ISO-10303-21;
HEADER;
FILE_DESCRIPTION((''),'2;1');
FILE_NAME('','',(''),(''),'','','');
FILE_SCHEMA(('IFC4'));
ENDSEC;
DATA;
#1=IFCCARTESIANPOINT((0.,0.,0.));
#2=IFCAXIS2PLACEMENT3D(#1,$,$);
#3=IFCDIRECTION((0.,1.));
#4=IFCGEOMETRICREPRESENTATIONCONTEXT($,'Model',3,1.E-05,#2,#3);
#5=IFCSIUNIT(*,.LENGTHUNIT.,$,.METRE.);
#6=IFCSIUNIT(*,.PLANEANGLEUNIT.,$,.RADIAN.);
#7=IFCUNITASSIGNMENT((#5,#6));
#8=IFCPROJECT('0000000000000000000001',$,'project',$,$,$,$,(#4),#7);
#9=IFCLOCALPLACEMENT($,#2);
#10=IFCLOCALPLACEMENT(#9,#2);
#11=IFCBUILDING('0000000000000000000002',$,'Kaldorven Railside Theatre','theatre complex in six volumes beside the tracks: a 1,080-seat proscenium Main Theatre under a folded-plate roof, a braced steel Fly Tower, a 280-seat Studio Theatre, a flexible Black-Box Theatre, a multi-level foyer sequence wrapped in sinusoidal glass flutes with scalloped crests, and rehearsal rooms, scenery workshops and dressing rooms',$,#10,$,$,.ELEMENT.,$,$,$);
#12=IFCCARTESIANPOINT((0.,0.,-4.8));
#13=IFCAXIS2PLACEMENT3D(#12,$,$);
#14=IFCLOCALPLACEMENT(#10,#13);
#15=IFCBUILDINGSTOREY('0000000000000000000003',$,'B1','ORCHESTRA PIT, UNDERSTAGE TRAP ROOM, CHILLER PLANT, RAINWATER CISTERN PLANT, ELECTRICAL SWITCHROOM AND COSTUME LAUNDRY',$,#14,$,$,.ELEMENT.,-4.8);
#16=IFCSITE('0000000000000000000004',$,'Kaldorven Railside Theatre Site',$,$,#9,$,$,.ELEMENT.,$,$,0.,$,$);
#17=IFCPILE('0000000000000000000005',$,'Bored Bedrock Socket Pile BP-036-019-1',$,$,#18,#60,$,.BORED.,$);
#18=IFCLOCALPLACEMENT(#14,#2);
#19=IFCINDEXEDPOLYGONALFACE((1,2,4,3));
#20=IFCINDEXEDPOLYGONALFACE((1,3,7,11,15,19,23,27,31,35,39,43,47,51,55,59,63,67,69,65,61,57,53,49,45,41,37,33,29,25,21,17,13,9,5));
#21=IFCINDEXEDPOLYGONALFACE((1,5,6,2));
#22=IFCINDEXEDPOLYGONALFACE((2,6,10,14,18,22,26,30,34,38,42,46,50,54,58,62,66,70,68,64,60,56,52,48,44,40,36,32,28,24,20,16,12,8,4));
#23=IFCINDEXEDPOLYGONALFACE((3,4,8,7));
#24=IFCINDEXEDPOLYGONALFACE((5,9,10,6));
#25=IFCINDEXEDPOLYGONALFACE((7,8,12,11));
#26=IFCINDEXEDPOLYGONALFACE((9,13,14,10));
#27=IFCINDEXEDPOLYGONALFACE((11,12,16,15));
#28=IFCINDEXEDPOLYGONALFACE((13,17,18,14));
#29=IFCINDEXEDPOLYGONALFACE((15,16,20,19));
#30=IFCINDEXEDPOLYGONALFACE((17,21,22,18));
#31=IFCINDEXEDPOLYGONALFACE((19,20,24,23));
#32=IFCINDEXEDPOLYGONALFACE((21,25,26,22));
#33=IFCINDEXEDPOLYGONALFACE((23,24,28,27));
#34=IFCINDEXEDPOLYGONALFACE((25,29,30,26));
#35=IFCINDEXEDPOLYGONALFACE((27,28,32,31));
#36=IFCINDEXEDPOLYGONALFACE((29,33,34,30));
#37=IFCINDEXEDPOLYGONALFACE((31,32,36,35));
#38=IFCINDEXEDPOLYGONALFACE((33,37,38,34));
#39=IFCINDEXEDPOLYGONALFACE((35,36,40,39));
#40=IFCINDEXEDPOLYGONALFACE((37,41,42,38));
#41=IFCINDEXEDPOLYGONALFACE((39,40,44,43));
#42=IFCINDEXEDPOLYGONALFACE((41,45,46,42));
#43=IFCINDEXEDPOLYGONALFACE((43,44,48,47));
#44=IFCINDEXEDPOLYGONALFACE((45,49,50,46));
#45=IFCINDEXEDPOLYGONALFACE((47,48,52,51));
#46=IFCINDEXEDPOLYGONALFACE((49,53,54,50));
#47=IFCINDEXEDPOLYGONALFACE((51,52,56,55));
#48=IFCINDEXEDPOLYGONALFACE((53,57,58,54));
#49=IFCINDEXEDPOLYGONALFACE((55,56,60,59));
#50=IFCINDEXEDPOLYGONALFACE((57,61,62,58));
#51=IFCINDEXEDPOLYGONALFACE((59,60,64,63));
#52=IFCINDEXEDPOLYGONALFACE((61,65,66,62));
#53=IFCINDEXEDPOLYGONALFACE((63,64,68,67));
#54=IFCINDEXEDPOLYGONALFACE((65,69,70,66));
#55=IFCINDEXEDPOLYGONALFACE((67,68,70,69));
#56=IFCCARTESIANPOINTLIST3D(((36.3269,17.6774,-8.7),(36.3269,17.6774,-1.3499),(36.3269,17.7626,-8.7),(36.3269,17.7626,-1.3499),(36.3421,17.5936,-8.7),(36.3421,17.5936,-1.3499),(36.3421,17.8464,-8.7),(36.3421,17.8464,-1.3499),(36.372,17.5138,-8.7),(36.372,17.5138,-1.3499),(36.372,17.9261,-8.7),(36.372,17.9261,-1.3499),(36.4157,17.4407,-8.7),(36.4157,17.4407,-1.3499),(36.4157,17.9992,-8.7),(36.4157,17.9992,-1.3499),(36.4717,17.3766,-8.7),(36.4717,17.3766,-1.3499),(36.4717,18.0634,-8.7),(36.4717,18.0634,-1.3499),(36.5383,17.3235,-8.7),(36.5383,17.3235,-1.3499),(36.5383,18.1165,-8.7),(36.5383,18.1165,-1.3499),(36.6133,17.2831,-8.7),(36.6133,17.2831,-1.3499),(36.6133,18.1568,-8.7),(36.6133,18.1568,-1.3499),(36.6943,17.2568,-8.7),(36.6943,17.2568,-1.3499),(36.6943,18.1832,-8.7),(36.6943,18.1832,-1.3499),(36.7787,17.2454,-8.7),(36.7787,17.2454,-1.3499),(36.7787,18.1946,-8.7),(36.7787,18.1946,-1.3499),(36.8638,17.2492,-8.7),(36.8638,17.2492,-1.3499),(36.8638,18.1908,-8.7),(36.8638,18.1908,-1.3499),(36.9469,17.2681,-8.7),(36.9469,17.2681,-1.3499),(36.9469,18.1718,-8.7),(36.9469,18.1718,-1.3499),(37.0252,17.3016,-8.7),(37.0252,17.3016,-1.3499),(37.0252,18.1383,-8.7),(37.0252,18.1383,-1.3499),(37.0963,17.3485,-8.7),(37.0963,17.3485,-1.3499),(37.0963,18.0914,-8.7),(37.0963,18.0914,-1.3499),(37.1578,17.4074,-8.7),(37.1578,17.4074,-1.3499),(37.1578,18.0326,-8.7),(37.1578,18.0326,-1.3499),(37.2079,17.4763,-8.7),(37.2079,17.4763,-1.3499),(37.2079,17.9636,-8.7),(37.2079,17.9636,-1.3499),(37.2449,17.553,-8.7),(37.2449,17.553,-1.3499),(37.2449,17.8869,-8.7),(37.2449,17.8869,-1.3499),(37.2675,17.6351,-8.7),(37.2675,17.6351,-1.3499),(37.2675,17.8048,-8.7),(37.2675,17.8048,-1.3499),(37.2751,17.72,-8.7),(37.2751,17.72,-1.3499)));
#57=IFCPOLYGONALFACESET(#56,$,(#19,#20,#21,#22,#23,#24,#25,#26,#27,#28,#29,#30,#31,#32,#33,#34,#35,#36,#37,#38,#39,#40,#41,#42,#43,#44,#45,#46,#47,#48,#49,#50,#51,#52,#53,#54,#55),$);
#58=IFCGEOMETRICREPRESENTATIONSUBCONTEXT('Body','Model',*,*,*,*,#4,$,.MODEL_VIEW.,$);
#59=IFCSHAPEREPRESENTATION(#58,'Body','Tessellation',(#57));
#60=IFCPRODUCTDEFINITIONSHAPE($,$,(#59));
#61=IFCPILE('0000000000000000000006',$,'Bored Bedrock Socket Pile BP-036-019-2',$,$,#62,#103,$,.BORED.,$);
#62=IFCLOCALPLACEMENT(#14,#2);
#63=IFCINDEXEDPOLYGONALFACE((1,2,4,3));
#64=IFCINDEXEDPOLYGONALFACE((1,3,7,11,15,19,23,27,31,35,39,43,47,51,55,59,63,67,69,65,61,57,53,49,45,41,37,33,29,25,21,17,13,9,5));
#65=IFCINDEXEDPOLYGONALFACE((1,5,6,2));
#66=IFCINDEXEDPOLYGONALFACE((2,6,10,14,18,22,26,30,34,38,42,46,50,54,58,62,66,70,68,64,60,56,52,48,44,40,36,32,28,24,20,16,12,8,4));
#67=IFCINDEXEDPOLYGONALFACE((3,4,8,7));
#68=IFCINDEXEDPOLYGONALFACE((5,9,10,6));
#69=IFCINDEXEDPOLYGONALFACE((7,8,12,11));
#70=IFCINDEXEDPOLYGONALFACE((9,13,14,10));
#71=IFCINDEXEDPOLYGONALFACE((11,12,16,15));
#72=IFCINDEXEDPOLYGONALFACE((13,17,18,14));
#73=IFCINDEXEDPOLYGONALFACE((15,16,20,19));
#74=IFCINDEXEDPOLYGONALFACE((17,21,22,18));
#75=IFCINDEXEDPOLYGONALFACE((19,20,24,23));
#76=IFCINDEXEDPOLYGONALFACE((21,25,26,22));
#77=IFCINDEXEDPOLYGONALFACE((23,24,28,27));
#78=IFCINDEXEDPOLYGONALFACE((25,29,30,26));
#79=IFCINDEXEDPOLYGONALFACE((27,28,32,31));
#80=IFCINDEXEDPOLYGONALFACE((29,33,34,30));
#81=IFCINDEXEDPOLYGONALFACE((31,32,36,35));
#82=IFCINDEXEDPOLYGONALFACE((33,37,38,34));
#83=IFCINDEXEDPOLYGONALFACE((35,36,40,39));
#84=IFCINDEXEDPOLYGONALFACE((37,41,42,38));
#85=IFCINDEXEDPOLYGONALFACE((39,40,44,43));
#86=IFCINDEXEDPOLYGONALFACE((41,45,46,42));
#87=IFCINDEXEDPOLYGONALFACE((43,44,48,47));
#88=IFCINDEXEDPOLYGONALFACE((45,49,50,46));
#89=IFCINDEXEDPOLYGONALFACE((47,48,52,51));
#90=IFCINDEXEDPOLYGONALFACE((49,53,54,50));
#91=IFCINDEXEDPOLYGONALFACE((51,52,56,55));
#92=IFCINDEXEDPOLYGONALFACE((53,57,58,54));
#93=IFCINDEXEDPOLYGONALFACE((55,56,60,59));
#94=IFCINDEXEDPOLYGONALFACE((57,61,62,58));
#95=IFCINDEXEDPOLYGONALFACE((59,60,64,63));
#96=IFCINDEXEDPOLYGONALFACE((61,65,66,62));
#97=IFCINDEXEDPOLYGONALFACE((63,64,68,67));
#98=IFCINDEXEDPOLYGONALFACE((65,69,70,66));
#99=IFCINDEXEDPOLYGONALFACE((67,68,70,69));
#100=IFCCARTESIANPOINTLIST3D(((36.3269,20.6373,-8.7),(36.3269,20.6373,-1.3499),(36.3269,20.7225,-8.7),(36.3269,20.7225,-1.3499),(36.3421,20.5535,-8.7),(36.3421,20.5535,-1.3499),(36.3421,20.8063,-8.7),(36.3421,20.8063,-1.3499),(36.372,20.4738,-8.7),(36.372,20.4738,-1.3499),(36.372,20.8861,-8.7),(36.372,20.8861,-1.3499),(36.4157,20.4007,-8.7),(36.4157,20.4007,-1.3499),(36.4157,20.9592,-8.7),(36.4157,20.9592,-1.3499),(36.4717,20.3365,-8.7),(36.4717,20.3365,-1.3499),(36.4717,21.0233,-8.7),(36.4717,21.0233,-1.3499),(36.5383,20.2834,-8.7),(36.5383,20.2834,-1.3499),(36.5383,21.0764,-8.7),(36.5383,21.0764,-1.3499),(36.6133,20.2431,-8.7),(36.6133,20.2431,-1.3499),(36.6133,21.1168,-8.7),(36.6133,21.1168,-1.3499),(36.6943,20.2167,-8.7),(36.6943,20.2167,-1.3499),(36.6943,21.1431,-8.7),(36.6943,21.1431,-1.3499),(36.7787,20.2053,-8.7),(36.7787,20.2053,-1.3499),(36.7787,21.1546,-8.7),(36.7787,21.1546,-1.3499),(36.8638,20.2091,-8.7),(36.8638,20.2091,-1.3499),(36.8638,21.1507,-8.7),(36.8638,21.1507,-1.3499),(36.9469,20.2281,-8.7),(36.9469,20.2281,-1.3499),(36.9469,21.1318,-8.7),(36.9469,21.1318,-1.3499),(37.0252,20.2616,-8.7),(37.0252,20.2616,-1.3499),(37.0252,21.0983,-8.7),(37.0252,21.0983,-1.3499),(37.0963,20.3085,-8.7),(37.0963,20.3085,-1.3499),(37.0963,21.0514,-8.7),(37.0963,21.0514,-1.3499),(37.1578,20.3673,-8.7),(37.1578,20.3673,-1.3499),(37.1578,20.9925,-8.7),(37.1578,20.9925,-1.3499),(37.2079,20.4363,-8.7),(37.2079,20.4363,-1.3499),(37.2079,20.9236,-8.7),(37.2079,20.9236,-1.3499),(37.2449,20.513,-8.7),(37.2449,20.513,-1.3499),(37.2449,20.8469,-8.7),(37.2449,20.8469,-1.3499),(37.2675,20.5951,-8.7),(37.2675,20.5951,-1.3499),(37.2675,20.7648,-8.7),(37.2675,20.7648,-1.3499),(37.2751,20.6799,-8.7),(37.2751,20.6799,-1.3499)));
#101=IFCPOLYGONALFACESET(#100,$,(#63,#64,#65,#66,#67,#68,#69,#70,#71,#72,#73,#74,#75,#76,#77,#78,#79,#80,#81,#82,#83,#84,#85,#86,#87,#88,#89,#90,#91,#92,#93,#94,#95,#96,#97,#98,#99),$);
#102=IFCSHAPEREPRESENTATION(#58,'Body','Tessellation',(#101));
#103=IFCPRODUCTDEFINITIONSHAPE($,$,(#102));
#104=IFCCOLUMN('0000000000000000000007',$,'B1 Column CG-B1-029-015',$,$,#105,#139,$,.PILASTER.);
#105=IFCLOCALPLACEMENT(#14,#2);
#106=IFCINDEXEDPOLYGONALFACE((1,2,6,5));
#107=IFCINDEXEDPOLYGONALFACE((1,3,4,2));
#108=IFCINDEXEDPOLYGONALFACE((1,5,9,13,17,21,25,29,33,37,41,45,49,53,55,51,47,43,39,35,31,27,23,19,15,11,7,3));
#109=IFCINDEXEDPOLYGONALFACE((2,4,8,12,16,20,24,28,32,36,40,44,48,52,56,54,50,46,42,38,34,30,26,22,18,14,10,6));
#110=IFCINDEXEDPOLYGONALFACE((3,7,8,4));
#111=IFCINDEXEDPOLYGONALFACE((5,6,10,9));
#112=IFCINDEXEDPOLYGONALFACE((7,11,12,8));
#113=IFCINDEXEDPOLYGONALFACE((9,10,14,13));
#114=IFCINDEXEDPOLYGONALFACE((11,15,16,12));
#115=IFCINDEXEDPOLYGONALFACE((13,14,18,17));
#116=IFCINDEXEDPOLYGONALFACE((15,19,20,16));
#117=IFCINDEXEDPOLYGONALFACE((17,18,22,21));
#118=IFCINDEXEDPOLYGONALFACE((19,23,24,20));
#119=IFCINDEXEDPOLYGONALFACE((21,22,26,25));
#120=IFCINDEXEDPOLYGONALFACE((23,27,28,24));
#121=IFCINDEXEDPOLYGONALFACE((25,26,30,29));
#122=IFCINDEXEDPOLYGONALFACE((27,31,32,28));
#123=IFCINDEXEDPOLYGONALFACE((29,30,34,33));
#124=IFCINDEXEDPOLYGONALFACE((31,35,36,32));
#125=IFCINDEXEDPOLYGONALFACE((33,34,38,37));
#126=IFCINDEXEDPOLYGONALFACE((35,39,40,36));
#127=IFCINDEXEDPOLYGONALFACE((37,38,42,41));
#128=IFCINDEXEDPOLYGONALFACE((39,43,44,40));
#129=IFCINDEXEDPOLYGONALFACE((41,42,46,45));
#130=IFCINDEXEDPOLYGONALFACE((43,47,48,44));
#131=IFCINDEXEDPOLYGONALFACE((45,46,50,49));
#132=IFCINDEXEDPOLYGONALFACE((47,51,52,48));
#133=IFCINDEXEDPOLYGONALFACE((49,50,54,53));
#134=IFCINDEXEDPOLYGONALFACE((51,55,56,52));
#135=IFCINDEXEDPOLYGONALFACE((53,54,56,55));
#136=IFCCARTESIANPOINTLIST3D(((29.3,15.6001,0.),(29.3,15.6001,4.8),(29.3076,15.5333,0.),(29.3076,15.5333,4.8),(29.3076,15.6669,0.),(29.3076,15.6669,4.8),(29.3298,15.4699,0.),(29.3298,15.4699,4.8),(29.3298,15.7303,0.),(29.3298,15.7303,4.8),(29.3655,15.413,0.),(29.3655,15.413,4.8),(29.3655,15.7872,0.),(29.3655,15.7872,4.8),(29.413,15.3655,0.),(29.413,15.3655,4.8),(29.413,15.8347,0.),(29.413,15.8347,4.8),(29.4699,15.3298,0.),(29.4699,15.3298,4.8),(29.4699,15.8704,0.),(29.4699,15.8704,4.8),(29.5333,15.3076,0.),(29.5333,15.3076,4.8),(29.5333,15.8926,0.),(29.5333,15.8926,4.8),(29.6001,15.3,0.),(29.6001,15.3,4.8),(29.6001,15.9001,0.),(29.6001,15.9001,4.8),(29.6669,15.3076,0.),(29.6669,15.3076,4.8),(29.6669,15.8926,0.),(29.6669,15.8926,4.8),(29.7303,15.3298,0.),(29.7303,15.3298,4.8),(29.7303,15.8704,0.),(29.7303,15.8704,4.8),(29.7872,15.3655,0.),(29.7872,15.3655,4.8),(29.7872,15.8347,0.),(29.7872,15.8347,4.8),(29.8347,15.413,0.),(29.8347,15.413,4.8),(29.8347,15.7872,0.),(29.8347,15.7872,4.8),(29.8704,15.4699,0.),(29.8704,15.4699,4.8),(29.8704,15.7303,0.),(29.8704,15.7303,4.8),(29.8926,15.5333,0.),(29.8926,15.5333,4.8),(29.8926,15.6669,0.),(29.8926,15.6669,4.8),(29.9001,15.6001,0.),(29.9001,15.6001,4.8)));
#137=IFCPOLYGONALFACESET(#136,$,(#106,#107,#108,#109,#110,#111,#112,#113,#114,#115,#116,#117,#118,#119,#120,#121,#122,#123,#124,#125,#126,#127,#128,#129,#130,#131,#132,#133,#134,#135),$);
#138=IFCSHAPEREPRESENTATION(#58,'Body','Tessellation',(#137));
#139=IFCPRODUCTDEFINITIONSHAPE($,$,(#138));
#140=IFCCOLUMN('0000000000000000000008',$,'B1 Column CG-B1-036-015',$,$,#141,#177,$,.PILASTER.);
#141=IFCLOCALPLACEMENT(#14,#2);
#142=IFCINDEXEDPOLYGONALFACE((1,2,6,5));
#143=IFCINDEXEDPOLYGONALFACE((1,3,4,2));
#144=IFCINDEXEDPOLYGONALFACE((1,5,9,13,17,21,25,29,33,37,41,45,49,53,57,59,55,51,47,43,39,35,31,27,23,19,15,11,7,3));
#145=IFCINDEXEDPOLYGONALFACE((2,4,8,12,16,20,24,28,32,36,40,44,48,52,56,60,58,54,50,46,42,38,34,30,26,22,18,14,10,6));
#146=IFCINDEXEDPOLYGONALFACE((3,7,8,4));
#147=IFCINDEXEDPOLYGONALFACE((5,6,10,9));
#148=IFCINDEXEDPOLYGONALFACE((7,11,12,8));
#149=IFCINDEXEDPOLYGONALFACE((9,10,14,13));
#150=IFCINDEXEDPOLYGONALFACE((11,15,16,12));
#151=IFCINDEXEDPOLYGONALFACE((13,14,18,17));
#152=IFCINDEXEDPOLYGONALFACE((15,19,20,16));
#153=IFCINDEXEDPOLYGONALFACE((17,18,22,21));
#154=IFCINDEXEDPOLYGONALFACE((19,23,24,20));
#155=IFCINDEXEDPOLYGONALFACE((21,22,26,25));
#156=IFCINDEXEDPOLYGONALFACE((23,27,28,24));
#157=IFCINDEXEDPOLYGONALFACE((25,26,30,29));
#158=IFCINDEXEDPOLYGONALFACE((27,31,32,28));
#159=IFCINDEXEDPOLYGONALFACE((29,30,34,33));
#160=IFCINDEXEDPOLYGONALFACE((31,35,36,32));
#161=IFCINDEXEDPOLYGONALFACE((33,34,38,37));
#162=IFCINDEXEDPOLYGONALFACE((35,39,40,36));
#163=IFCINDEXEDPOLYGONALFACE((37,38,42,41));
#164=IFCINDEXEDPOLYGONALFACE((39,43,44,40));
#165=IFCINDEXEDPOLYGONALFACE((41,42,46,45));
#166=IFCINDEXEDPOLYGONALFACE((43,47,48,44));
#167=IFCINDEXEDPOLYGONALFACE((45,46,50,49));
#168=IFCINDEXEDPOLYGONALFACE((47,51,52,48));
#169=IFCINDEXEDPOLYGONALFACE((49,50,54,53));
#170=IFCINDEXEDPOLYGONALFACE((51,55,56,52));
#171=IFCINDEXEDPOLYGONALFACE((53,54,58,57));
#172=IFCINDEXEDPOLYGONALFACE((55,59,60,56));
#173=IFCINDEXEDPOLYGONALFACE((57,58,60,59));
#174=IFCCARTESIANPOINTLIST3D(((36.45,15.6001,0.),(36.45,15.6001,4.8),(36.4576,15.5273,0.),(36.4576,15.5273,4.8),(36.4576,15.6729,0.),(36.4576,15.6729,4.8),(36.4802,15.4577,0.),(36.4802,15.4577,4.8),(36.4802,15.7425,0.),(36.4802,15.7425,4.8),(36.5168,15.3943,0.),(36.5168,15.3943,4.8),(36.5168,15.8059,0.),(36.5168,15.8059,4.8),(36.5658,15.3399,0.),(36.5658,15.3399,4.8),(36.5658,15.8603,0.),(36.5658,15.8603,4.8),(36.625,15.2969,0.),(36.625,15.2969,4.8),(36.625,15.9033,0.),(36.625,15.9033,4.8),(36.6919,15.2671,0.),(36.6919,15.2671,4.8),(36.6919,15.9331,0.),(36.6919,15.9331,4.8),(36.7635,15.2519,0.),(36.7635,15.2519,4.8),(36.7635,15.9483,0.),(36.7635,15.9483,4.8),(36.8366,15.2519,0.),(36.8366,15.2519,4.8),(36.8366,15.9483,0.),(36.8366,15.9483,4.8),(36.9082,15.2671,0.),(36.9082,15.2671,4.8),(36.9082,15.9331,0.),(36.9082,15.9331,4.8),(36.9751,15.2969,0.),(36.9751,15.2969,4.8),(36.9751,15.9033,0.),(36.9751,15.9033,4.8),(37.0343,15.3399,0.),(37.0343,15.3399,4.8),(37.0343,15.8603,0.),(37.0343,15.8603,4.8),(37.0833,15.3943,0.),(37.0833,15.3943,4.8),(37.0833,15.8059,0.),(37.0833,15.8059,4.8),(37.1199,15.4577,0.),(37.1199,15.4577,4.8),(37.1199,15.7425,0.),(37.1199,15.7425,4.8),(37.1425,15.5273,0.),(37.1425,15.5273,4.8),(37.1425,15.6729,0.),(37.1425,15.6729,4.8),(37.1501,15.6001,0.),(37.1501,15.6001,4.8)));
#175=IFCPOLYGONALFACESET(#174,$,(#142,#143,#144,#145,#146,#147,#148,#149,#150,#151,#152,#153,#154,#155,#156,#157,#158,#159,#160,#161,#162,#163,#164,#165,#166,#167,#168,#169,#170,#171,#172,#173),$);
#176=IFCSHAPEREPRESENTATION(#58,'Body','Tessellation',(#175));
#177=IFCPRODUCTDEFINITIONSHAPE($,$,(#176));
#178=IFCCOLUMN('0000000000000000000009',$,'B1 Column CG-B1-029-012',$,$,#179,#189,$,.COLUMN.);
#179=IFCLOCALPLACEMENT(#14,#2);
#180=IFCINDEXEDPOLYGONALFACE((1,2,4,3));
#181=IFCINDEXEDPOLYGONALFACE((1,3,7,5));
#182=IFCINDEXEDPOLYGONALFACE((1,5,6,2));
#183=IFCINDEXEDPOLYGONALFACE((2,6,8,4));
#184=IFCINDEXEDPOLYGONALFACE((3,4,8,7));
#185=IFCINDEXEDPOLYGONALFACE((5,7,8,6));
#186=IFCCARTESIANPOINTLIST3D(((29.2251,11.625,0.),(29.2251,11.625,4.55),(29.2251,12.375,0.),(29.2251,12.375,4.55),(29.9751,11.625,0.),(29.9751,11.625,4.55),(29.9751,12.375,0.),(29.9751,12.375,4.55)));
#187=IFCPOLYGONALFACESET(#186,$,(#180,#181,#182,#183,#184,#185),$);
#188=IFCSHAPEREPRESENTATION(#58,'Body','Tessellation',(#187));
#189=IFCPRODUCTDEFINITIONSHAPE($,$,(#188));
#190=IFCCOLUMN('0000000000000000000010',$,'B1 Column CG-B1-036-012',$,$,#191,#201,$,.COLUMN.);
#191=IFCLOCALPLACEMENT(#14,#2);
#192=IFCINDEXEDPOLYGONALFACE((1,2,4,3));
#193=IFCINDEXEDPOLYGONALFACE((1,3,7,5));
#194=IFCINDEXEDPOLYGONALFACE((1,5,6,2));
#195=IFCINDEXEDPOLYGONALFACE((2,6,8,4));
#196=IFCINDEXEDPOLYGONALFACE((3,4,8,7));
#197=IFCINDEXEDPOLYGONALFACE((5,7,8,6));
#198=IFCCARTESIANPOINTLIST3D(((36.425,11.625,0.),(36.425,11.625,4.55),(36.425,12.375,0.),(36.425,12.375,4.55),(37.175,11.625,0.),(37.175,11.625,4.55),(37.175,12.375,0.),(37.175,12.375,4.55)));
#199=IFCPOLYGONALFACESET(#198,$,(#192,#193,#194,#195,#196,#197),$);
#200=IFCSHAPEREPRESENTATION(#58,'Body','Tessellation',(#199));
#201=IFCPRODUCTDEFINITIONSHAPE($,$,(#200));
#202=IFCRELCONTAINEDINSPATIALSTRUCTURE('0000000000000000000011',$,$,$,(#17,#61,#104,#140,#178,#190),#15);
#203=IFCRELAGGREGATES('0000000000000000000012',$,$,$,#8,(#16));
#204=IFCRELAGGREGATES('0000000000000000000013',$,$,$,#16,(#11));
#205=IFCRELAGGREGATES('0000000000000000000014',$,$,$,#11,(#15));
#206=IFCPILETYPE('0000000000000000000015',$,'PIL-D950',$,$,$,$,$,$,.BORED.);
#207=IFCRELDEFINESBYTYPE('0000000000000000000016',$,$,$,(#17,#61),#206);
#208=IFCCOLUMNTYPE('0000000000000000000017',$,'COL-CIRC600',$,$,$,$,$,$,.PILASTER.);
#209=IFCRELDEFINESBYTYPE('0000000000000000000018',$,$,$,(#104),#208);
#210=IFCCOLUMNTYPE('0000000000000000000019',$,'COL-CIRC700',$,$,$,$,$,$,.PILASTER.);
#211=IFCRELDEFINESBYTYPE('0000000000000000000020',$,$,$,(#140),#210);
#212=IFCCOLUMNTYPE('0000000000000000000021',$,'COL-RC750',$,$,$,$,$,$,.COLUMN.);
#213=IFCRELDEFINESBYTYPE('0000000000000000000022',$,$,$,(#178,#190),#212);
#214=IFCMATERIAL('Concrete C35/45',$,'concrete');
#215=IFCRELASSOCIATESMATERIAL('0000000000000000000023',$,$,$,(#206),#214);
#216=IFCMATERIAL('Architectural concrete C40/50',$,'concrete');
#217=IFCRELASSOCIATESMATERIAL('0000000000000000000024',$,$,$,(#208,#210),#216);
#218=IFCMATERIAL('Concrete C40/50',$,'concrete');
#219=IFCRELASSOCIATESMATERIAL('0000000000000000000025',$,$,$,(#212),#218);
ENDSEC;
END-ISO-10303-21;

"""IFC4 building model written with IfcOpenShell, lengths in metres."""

from ifc_helpers import new_model, si_unit, direction, frame, origin, origin_2d, place, context, subcontext, project, spatial, rectangle, circle, extrude, material, material_profile, profile_set, type_object, element, save


model = new_model("IFC4")

# Units and contexts
model_context = context("Model", 3, precision=1e-05, world=origin(), true_north=direction((0.0, 1.0)))
body_context = subcontext(model_context, "Body", "Model", "MODEL_VIEW")
ifc_project = project(units=[si_unit("LENGTHUNIT", "METRE"), si_unit("PLANEANGLEUNIT", "RADIAN")], contexts=[model_context])

# Site, building, storey
site_placement = place(None, origin())
site = spatial("IfcSite", under=ifc_project, at=site_placement, Name="Kaldorven Railside Theatre Site", CompositionType="ELEMENT", RefElevation=0.0)
building_placement = place(site_placement, origin())
building = spatial("IfcBuilding", under=site, at=building_placement, Name="Kaldorven Railside Theatre", Description="theatre complex in six volumes beside the tracks: a 1,080-seat proscenium Main Theatre under a folded-plate roof, a braced steel Fly Tower, a 280-seat Studio Theatre, a flexible Black-Box Theatre, a multi-level foyer sequence wrapped in sinusoidal glass flutes with scalloped crests, and rehearsal rooms, scenery workshops and dressing rooms", CompositionType="ELEMENT")
storey_placement = place(building_placement, frame((0.0, 0.0, -4.8)))
storey = spatial("IfcBuildingStorey", under=building, at=storey_placement, Name="B1", Description="ORCHESTRA PIT, UNDERSTAGE TRAP ROOM, CHILLER PLANT, RAINWATER CISTERN PLANT, ELECTRICAL SWITCHROOM AND COSTUME LAUNDRY", CompositionType="ELEMENT", Elevation=-4.8)

# Shared definitions
ifc_material_1 = material(Name="Concrete C40/50", Category="concrete")

# Piles
ifc_material_2 = material(Name="Concrete C35/45", Category="concrete")
ifc_material_profile_1 = material_profile(ifc_material_2, circle(Radius=0.4751, at=origin_2d()), Name="BP D950")
ifc_profile_set_1 = profile_set([ifc_material_profile_1], Name="Concrete C35/45")
pile_type_1 = type_object("IfcPileType", Name="PIL-D950", PredefinedType="BORED", material=ifc_profile_set_1)
for number, where, z_axis, x_axis, name in (
    (1, (36.8, 17.72, -1.3499), (0.0, 0.0, -1.0), (1.0, 0.0, 0.0), "Bored Bedrock Socket Pile BP-036-019-1"),
    (2, (36.8, 20.6799, -1.3499), (0.0, 0.0, -1.0), (1.0, 0.0, 0.0), "Bored Bedrock Socket Pile BP-036-019-2"),
):
    element("IfcPile", number, at=place(storey_placement, frame(where, z_axis=z_axis, x_axis=x_axis)), inside=storey, type_object=pile_type_1, Name=name, PredefinedType="BORED", context=body_context, shape_type="SweptSolid", body=[
        extrude(circle(Radius=0.4751, at=origin_2d()), origin(), (0.0, 0.0, 1.0), 7.3501),
    ])

# Columns
ifc_material_3 = material(Name="Architectural concrete C40/50", Category="concrete")
ifc_material_profile_2 = material_profile(ifc_material_3, circle(Radius=0.3, at=origin_2d()), Name="RC D600")
ifc_profile_set_2 = profile_set([ifc_material_profile_2], Name="Architectural concrete C40/50")
column_type_1 = type_object("IfcColumnType", Name="COL-CIRC600", PredefinedType="PILASTER", material=ifc_profile_set_2)
column_1_placement = place(storey_placement, frame((29.6001, 15.6001, 0.0), z_axis=(0.0, 0.0, 1.0), x_axis=(1.0, 0.0, 0.0)))
element("IfcColumn", 3, at=column_1_placement, inside=storey, type_object=column_type_1, Name="B1 Column CG-B1-029-015", PredefinedType="PILASTER", context=body_context, shape_type="SweptSolid", body=[
    extrude(circle(Radius=0.3, at=origin_2d()), origin(), (0.0, 0.0, 1.0), 4.8),
])
ifc_material_profile_3 = material_profile(ifc_material_3, circle(Radius=0.3501, at=origin_2d()), Name="RC D700")
ifc_profile_set_3 = profile_set([ifc_material_profile_3], Name="Architectural concrete C40/50")
column_type_2 = type_object("IfcColumnType", Name="COL-CIRC700", PredefinedType="PILASTER", material=ifc_profile_set_3)
column_2_placement = place(storey_placement, frame((36.8, 15.6001, 0.0), z_axis=(0.0, 0.0, 1.0), x_axis=(1.0, 0.0, 0.0)))
element("IfcColumn", 4, at=column_2_placement, inside=storey, type_object=column_type_2, Name="B1 Column CG-B1-036-015", PredefinedType="PILASTER", context=body_context, shape_type="SweptSolid", body=[
    extrude(circle(Radius=0.3501, at=origin_2d()), origin(), (0.0, 0.0, 1.0), 4.8),
])
ifc_material_profile_4 = material_profile(ifc_material_1, rectangle(XDim=0.75, YDim=0.75, at=origin_2d()), Name="RC 750x750")
ifc_profile_set_4 = profile_set([ifc_material_profile_4], Name="Concrete C40/50")
column_type_3 = type_object("IfcColumnType", Name="COL-RC750", PredefinedType="COLUMN", material=ifc_profile_set_4)
for number, where, z_axis, x_axis, name in (
    (5, (29.6001, 12.0, 0.0), (0.0, 0.0, 1.0), (1.0, 0.0, 0.0), "B1 Column CG-B1-029-012"),
    (6, (36.8, 12.0, 0.0), (0.0, 0.0, 1.0), (1.0, 0.0, 0.0), "B1 Column CG-B1-036-012"),
):
    element("IfcColumn", number, at=place(storey_placement, frame(where, z_axis=z_axis, x_axis=x_axis)), inside=storey, type_object=column_type_3, Name=name, PredefinedType="COLUMN", context=body_context, shape_type="SweptSolid", body=[
        extrude(rectangle(XDim=0.75, YDim=0.75, at=origin_2d()), origin(), (0.0, 0.0, 1.0), 4.55),
    ])

save(model, "model.ifc")
